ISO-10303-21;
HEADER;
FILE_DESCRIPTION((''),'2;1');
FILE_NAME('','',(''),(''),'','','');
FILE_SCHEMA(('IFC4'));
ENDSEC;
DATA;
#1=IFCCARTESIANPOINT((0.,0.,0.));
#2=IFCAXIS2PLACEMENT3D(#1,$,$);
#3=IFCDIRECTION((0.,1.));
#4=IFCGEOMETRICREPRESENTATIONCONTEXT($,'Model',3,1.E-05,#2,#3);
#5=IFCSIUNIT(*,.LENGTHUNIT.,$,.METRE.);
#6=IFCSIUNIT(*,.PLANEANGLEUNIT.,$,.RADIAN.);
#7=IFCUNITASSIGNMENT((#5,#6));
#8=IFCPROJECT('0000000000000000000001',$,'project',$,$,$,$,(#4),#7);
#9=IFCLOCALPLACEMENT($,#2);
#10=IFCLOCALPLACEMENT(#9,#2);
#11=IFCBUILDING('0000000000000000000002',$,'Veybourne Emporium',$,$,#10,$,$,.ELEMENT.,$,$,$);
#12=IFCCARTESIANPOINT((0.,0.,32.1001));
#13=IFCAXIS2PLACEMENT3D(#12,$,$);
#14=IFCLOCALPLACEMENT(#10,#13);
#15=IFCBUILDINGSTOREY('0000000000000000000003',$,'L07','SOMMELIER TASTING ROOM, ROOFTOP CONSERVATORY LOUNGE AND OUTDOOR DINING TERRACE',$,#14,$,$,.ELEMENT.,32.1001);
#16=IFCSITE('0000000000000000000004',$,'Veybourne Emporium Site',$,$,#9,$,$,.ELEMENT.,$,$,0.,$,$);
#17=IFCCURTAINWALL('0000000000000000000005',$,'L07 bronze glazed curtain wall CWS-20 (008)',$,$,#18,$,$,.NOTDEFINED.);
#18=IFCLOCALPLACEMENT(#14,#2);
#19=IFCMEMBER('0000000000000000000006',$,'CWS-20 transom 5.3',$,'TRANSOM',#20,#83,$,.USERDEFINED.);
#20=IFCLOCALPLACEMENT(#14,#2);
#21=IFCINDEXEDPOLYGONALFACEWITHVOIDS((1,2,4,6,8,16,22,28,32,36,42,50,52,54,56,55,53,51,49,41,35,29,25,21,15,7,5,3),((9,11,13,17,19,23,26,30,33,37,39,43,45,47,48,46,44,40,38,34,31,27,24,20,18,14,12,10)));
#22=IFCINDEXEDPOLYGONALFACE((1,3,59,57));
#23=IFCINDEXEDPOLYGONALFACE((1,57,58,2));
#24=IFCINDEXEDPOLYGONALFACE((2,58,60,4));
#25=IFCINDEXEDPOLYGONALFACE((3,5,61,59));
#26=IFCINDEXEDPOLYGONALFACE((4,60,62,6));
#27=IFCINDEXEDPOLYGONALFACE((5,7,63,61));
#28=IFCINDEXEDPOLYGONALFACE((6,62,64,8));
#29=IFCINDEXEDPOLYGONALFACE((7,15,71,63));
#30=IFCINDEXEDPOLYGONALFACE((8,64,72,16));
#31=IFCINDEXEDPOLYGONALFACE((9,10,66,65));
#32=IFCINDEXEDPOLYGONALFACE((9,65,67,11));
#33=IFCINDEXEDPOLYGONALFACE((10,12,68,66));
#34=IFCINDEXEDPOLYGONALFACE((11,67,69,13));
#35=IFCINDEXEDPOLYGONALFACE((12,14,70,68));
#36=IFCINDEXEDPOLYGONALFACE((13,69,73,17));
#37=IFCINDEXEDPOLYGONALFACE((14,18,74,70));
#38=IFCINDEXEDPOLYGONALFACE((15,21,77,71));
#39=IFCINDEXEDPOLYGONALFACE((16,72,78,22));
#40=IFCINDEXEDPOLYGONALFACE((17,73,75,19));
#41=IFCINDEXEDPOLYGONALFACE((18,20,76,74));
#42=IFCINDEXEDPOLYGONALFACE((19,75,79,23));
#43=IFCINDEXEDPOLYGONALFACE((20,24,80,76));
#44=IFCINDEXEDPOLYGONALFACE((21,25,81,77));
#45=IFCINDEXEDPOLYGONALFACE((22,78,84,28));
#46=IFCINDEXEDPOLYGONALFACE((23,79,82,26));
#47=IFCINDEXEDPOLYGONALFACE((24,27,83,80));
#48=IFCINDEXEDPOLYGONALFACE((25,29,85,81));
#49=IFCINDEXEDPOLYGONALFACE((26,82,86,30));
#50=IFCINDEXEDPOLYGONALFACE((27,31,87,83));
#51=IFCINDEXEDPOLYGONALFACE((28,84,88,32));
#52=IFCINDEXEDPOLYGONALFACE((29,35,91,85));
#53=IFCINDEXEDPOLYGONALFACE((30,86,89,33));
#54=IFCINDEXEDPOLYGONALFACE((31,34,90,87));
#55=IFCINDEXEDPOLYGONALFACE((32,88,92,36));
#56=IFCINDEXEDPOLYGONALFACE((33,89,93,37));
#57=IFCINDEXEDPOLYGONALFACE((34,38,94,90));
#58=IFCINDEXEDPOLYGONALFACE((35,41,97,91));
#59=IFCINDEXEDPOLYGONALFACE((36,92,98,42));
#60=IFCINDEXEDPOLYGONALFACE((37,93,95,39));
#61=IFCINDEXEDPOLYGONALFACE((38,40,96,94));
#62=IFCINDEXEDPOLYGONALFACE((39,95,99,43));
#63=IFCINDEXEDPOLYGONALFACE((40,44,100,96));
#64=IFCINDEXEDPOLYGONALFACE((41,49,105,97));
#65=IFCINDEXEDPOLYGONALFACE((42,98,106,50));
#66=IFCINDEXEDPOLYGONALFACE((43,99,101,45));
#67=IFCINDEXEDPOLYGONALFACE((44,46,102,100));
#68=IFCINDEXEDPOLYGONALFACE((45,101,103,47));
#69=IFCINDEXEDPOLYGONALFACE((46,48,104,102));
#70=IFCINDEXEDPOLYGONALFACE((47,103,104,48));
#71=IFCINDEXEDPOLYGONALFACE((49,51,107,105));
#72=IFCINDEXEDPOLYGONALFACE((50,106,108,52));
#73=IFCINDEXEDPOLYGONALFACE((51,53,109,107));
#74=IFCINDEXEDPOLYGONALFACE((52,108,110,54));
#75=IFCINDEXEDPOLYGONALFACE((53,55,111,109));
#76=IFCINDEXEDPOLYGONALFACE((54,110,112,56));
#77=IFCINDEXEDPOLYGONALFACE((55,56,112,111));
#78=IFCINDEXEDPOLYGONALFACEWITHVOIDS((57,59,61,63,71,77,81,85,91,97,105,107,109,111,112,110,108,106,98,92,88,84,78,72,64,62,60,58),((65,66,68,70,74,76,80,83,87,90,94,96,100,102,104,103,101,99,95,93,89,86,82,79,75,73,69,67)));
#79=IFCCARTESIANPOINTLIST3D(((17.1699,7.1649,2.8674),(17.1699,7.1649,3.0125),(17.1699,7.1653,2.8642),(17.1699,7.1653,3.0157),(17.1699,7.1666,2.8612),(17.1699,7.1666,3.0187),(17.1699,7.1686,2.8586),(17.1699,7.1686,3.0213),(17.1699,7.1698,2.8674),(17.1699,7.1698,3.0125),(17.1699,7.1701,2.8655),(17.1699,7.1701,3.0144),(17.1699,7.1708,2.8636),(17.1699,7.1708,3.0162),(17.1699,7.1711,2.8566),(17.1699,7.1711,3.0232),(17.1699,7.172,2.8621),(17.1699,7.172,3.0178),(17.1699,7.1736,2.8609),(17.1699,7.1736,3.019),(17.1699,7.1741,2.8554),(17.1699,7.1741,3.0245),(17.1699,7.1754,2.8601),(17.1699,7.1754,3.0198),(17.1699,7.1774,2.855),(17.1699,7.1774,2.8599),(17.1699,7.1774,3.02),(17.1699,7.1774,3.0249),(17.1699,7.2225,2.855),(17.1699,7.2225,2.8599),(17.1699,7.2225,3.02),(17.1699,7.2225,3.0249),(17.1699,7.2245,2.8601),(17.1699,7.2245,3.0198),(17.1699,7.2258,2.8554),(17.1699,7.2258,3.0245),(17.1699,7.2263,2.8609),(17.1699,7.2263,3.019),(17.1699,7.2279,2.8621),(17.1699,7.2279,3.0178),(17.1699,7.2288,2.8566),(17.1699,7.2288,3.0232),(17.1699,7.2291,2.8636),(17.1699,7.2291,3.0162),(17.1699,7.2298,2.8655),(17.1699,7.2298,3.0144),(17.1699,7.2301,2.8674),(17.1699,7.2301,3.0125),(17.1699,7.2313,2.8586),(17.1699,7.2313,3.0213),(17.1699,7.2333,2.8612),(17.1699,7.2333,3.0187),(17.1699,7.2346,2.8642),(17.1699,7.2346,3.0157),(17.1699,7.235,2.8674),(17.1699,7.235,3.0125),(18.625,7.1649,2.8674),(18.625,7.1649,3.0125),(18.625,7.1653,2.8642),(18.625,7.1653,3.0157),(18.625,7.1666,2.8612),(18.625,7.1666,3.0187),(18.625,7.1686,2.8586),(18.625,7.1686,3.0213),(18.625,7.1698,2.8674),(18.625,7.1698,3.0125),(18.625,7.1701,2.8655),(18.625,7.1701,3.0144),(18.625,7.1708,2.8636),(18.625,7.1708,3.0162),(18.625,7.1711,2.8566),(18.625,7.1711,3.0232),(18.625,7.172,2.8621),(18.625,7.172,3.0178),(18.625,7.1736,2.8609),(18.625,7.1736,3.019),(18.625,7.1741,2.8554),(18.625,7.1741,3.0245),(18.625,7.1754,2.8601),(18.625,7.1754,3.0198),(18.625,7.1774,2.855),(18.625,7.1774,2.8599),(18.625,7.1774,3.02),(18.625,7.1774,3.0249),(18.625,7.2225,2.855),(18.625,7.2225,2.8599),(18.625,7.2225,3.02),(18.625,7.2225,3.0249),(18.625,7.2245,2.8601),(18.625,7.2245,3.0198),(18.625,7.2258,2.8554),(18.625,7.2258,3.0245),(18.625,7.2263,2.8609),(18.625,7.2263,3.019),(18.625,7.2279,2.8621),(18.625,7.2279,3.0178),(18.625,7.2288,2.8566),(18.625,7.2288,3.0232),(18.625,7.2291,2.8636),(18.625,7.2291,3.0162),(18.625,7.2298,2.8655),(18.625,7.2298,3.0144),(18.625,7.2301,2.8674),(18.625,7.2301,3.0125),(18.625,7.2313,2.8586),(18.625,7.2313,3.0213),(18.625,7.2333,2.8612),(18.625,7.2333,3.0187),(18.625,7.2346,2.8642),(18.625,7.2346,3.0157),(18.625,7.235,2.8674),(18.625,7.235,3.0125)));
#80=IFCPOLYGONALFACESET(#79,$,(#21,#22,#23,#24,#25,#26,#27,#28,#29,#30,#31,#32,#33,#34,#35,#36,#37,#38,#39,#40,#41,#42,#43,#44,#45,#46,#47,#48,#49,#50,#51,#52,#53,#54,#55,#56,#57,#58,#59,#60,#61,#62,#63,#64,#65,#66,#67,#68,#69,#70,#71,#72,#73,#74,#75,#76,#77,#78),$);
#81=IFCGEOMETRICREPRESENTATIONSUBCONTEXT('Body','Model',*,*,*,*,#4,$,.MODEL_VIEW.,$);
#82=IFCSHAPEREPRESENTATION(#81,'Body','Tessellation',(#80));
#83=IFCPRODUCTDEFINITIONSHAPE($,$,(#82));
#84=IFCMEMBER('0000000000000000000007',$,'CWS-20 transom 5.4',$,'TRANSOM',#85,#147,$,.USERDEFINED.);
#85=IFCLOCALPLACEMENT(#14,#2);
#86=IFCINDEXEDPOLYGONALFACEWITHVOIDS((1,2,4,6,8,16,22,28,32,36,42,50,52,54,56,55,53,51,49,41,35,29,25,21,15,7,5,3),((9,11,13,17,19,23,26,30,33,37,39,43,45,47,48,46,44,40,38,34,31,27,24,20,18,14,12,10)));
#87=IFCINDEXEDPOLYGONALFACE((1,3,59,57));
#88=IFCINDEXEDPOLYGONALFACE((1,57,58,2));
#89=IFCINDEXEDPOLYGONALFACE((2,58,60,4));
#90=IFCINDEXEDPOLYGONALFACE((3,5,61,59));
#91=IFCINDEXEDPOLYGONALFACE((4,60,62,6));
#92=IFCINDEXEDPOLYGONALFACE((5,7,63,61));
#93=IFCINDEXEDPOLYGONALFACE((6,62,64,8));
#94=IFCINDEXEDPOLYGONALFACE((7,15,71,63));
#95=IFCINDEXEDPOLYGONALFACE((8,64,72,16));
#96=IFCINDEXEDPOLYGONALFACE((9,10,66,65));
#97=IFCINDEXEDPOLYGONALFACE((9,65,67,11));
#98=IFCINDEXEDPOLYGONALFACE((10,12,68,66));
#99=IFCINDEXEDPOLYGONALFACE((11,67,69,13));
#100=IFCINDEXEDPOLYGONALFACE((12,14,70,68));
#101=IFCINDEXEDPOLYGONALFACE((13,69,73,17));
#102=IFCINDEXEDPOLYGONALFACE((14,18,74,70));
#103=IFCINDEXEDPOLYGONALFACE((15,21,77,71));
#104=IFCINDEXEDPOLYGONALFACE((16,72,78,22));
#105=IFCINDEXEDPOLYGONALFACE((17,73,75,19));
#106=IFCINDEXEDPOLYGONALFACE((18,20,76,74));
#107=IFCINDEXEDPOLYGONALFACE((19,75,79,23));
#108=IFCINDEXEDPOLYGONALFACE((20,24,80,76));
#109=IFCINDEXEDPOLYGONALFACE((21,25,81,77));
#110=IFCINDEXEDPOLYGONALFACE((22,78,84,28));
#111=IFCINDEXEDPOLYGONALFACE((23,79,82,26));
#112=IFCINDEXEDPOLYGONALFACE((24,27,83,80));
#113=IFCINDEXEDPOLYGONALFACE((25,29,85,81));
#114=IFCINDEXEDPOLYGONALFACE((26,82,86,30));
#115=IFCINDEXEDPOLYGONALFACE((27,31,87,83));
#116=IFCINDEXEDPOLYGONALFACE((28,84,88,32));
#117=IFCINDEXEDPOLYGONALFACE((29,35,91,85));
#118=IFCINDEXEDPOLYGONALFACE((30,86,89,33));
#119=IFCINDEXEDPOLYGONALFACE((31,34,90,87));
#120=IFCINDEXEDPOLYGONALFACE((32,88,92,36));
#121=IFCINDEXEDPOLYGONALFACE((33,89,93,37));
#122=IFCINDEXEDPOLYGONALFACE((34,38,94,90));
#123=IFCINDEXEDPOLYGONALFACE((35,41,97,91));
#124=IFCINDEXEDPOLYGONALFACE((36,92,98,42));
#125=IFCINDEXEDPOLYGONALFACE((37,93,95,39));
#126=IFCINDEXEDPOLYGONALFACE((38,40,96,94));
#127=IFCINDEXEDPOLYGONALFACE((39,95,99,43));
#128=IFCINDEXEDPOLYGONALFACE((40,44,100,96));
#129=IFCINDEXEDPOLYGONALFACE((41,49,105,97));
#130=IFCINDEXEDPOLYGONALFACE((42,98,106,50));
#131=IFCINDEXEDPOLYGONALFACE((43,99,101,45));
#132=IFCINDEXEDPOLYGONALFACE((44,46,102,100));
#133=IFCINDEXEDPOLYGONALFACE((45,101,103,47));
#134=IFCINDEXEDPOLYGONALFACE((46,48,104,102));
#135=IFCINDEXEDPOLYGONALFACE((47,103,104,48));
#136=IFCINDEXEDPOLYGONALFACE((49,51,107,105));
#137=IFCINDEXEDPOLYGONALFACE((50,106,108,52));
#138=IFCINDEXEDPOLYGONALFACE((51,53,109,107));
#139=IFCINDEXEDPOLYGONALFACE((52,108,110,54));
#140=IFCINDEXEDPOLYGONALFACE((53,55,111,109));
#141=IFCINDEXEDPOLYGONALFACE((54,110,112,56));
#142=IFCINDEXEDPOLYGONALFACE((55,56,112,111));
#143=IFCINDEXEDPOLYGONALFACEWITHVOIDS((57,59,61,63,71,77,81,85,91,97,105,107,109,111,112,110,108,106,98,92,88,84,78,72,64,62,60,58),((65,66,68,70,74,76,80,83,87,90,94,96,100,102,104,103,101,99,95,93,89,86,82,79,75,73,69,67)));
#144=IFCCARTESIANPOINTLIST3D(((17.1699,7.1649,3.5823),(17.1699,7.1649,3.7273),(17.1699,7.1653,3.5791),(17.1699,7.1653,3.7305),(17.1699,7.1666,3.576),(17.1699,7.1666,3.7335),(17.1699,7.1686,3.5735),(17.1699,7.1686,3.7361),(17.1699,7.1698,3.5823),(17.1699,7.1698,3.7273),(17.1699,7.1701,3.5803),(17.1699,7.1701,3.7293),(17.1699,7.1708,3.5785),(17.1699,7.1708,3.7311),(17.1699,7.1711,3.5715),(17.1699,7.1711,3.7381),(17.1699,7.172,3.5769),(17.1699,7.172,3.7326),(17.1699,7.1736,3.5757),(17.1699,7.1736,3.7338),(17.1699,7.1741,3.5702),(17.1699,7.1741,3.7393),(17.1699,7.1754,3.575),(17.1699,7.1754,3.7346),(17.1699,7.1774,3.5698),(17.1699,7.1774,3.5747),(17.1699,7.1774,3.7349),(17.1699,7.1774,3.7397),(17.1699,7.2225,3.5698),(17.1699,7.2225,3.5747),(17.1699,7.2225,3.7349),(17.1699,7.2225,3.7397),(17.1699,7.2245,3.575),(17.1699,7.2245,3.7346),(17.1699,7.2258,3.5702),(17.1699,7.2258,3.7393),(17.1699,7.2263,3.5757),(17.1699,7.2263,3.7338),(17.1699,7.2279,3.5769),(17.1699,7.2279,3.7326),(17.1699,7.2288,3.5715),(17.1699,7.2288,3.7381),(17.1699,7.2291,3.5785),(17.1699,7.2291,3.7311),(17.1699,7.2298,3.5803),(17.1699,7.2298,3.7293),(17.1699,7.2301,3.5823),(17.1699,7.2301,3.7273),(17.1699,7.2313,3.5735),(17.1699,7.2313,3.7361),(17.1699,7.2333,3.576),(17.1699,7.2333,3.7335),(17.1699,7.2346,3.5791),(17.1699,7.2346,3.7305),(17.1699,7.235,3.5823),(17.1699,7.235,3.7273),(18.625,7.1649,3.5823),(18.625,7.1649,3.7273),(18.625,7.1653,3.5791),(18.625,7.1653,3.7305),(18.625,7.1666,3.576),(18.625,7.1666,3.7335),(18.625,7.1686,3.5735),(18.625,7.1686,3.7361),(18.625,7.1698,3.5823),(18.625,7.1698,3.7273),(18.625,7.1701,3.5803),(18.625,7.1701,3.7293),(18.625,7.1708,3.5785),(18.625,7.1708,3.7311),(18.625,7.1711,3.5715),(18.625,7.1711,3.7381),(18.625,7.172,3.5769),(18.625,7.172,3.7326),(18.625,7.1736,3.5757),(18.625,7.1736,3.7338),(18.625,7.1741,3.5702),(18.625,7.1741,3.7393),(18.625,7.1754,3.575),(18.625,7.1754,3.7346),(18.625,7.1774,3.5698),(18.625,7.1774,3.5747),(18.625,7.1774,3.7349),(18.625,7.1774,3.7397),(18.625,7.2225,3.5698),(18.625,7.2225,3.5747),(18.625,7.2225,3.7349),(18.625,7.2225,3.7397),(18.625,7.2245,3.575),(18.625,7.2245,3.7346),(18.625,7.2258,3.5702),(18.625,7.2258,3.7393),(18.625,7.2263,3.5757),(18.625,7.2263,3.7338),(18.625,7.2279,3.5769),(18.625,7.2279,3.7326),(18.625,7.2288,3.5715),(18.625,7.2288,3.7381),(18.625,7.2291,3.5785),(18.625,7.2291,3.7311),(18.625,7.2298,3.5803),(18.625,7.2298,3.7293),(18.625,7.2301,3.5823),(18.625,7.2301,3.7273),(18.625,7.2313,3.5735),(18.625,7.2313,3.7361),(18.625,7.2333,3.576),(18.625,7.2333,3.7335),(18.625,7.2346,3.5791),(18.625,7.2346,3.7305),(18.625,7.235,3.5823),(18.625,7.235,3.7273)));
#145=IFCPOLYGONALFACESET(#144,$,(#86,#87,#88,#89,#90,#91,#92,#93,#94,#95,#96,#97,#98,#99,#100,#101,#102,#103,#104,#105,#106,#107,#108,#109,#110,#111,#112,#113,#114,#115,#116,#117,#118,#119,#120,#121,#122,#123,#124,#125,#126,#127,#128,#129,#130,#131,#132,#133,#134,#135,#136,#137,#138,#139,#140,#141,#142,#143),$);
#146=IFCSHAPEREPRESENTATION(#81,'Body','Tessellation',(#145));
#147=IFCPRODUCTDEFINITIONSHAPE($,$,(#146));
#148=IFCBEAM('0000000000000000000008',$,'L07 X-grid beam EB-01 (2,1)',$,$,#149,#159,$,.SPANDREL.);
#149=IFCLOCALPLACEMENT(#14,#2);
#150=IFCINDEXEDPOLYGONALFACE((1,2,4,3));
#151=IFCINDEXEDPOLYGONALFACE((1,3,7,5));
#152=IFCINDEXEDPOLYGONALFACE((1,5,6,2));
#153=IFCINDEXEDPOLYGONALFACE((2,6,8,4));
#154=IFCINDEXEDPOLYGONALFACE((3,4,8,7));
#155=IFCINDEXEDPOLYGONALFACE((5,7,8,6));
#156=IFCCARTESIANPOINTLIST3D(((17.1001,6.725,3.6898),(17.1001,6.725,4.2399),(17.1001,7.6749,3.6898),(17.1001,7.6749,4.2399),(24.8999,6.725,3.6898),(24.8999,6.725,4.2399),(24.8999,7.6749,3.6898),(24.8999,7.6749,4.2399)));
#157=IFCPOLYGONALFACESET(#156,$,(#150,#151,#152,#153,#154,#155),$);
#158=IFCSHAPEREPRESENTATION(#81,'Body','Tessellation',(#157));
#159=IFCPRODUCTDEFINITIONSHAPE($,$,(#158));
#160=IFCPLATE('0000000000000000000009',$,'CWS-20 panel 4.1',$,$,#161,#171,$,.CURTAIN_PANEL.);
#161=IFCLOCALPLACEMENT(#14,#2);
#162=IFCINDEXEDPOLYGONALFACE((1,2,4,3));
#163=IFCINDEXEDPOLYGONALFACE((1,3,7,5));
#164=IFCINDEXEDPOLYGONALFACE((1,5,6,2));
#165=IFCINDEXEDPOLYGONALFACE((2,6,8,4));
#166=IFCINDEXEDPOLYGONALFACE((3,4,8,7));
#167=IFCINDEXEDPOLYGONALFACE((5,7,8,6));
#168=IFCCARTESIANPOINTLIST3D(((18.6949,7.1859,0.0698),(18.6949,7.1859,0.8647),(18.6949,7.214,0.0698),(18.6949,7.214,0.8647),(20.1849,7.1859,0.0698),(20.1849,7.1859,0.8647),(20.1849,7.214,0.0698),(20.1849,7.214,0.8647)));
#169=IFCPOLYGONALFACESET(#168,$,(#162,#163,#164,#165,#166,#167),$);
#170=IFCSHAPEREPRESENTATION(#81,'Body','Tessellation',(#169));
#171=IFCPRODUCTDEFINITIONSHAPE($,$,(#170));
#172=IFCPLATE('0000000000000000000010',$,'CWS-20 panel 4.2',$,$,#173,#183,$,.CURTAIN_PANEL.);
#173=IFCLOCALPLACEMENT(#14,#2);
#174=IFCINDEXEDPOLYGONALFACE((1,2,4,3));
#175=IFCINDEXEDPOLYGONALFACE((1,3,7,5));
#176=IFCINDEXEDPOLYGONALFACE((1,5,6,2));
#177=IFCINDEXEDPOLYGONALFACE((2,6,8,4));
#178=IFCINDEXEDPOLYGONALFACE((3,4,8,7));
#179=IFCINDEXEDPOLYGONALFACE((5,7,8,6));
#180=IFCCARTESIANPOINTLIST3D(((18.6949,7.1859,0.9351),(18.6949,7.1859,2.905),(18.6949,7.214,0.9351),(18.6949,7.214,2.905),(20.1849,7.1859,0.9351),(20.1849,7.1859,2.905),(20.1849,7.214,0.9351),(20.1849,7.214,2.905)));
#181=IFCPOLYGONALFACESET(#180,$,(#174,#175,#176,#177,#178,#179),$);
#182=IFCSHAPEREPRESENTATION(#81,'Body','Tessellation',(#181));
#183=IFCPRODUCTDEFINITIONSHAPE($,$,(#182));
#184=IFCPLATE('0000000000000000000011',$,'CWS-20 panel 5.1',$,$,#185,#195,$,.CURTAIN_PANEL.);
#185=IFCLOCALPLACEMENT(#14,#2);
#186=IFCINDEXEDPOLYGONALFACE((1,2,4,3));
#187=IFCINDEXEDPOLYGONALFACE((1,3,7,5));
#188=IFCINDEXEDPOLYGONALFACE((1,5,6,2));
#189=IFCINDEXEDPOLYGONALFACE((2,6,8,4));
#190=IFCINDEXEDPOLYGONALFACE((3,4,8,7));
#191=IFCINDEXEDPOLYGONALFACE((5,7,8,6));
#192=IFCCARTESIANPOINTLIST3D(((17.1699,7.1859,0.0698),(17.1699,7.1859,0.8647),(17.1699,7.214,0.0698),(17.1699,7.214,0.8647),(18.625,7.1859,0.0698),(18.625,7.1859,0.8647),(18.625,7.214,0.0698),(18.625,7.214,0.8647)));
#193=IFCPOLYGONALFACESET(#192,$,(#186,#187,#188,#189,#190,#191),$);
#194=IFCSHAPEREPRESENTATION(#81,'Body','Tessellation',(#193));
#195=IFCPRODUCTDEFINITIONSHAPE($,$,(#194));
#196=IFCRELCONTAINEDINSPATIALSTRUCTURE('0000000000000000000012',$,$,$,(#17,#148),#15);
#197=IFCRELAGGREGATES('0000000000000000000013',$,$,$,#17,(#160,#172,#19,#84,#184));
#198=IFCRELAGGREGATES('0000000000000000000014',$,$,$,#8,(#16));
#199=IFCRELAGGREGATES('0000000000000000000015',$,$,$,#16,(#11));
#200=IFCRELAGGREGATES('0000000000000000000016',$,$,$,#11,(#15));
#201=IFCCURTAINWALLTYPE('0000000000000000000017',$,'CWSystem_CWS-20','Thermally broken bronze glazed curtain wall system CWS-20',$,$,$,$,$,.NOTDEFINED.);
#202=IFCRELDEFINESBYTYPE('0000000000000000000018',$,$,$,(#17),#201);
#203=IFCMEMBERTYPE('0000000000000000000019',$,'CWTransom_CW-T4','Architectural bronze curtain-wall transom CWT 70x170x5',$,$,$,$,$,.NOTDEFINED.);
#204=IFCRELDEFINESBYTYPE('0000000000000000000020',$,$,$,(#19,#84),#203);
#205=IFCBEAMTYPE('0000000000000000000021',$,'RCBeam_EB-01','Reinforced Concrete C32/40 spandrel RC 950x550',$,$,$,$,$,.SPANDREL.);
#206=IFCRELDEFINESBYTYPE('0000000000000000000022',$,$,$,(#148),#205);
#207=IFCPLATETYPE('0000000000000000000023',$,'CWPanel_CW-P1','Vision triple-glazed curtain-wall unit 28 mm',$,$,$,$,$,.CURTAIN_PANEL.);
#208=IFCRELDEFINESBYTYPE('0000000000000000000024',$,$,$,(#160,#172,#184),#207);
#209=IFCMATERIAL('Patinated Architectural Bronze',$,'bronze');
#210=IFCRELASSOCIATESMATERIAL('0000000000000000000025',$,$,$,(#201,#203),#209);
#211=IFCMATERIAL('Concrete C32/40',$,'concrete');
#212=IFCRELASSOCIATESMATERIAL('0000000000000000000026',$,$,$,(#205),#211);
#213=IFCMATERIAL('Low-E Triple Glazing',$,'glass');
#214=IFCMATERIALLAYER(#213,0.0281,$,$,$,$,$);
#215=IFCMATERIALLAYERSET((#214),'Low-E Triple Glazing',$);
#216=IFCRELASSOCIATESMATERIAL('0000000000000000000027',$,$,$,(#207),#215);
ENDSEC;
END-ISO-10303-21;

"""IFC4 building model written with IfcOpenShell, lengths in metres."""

from ifc_helpers import new_model, si_unit, direction, frame, origin, origin_2d, place, context, subcontext, project, spatial, rectangle, hollow_rectangle, extrude, material, layer, layer_set, material_profile, profile_set, type_object, element, aggregate, save


model = new_model("IFC4")

# Units and contexts
model_context = context("Model", 3, precision=1e-05, world=origin(), true_north=direction((0.0, 1.0)))
body_context = subcontext(model_context, "Body", "Model", "MODEL_VIEW")
ifc_project = project(units=[si_unit("LENGTHUNIT", "METRE"), si_unit("PLANEANGLEUNIT", "RADIAN")], contexts=[model_context])

# Site, building, storey
site_placement = place(None, origin())
site = spatial("IfcSite", under=ifc_project, at=site_placement, Name="Veybourne Emporium Site", CompositionType="ELEMENT", RefElevation=0.0)
building_placement = place(site_placement, origin())
building = spatial("IfcBuilding", under=site, at=building_placement, Name="Veybourne Emporium", CompositionType="ELEMENT")
storey_placement = place(building_placement, frame((0.0, 0.0, 32.1001)))
storey = spatial("IfcBuildingStorey", under=building, at=storey_placement, Name="L07", Description="SOMMELIER TASTING ROOM, ROOFTOP CONSERVATORY LOUNGE AND OUTDOOR DINING TERRACE", CompositionType="ELEMENT", Elevation=32.1001)

# Curtain wall
ifc_material_1 = material(Name="Patinated Architectural Bronze", Category="bronze")
curtain_wall_type_1 = type_object("IfcCurtainWallType", Name="CWSystem_CWS-20", Description="Thermally broken bronze glazed curtain wall system CWS-20", PredefinedType="NOTDEFINED", material=ifc_material_1)
curtain_wall_1_placement = place(storey_placement, origin())
curtain_wall_1 = element("IfcCurtainWall", 1, at=curtain_wall_1_placement, inside=storey, type_object=curtain_wall_type_1, Name="L07 bronze glazed curtain wall CWS-20 (008)", PredefinedType="NOTDEFINED")

# Members
ifc_material_profile_1 = material_profile(ifc_material_1, hollow_rectangle(XDim=0.0701, YDim=0.1699, WallThickness=0.0049, InnerFilletRadius=0.0076, OuterFilletRadius=0.0125, at=origin_2d()), Name="CWT 70x170x5")
ifc_profile_set_1 = profile_set([ifc_material_profile_1], Name="Patinated Architectural Bronze")
member_type_1 = type_object("IfcMemberType", Name="CWTransom_CW-T4", Description="Architectural bronze curtain-wall transom CWT 70x170x5", PredefinedType="NOTDEFINED", material=ifc_profile_set_1)
member_1_placement = place(storey_placement, frame((18.625, 7.2, 2.9399), z_axis=(-1.0, 0.0, 0.0), x_axis=(0.0, -1.0, 0.0)))
member_1 = element("IfcMember", 2, at=member_1_placement, type_object=member_type_1, Name="CWS-20 transom 5.3", ObjectType="TRANSOM", PredefinedType="USERDEFINED", context=body_context, shape_type="SweptSolid", body=[
    extrude(hollow_rectangle(XDim=0.0701, YDim=0.1699, WallThickness=0.0049, InnerFilletRadius=0.0076, OuterFilletRadius=0.0125, at=origin_2d()), origin(), (0.0, 0.0, 1.0), 1.4551),
])
member_2_placement = place(storey_placement, frame((18.625, 7.2, 3.6548), z_axis=(-1.0, 0.0, 0.0), x_axis=(0.0, -1.0, 0.0)))
member_2 = element("IfcMember", 3, at=member_2_placement, type_object=member_type_1, Name="CWS-20 transom 5.4", ObjectType="TRANSOM", PredefinedType="USERDEFINED", context=body_context, shape_type="SweptSolid", body=[
    extrude(hollow_rectangle(XDim=0.0701, YDim=0.1699, WallThickness=0.0049, InnerFilletRadius=0.0076, OuterFilletRadius=0.0125, at=origin_2d()), origin(), (0.0, 0.0, 1.0), 1.4551),
])

# Beam
ifc_material_2 = material(Name="Concrete C32/40", Category="concrete")
ifc_material_profile_2 = material_profile(ifc_material_2, rectangle(XDim=0.95, YDim=0.55, at=origin_2d()), Name="RC 950x550")
ifc_profile_set_2 = profile_set([ifc_material_profile_2], Name="Concrete C32/40")
beam_type = type_object("IfcBeamType", Name="RCBeam_EB-01", Description="Reinforced Concrete C32/40 spandrel RC 950x550", PredefinedType="SPANDREL", material=ifc_profile_set_2)
beam_placement = place(storey_placement, frame((17.1001, 7.2, 3.9648), z_axis=(1.0, 0.0, 0.0), x_axis=(0.0, 1.0, 0.0)))
element("IfcBeam", 4, at=beam_placement, inside=storey, type_object=beam_type, Name="L07 X-grid beam EB-01 (2,1)", PredefinedType="SPANDREL", context=body_context, shape_type="SweptSolid", body=[
    extrude(rectangle(XDim=0.95, YDim=0.55, at=origin_2d()), origin(), (0.0, 0.0, 1.0), 7.7998),
])

# Plates
ifc_material_3 = material(Name="Low-E Triple Glazing", Category="glass")
ifc_layer_1 = layer(ifc_material_3, 0.0281)
ifc_layer_set_1 = layer_set([ifc_layer_1], Name="Low-E Triple Glazing")
plate_type = type_object("IfcPlateType", Name="CWPanel_CW-P1", Description="Vision triple-glazed curtain-wall unit 28 mm", PredefinedType="CURTAIN_PANEL", material=ifc_layer_set_1)
plate_1_placement = place(storey_placement, frame((19.4399, 7.2, 0.0698), z_axis=(0.0, 0.0, 1.0), x_axis=(-1.0, 0.0, 0.0)))
plate_1 = element("IfcPlate", 5, at=plate_1_placement, type_object=plate_type, Name="CWS-20 panel 4.1", PredefinedType="CURTAIN_PANEL", context=body_context, shape_type="SweptSolid", body=[
    extrude(rectangle(XDim=1.49, YDim=0.0281, at=origin_2d()), origin(), (0.0, 0.0, 1.0), 0.7949),
])
plate_2_placement = place(storey_placement, frame((19.4399, 7.2, 0.9351), z_axis=(0.0, 0.0, 1.0), x_axis=(-1.0, 0.0, 0.0)))
plate_2 = element("IfcPlate", 6, at=plate_2_placement, type_object=plate_type, Name="CWS-20 panel 4.2", PredefinedType="CURTAIN_PANEL", context=body_context, shape_type="SweptSolid", body=[
    extrude(rectangle(XDim=1.49, YDim=0.0281, at=origin_2d()), origin(), (0.0, 0.0, 1.0), 1.97),
])
plate_3_placement = place(storey_placement, frame((17.8975, 7.2, 0.0698), z_axis=(0.0, 0.0, 1.0), x_axis=(-1.0, 0.0, 0.0)))
plate_3 = element("IfcPlate", 7, at=plate_3_placement, type_object=plate_type, Name="CWS-20 panel 5.1", PredefinedType="CURTAIN_PANEL", context=body_context, shape_type="SweptSolid", body=[
    extrude(rectangle(XDim=1.4551, YDim=0.0281, at=origin_2d()), origin(), (0.0, 0.0, 1.0), 0.7949),
])
aggregate(curtain_wall_1, [plate_1, plate_2, member_1, member_2, plate_3])

save(model, "model.ifc")
